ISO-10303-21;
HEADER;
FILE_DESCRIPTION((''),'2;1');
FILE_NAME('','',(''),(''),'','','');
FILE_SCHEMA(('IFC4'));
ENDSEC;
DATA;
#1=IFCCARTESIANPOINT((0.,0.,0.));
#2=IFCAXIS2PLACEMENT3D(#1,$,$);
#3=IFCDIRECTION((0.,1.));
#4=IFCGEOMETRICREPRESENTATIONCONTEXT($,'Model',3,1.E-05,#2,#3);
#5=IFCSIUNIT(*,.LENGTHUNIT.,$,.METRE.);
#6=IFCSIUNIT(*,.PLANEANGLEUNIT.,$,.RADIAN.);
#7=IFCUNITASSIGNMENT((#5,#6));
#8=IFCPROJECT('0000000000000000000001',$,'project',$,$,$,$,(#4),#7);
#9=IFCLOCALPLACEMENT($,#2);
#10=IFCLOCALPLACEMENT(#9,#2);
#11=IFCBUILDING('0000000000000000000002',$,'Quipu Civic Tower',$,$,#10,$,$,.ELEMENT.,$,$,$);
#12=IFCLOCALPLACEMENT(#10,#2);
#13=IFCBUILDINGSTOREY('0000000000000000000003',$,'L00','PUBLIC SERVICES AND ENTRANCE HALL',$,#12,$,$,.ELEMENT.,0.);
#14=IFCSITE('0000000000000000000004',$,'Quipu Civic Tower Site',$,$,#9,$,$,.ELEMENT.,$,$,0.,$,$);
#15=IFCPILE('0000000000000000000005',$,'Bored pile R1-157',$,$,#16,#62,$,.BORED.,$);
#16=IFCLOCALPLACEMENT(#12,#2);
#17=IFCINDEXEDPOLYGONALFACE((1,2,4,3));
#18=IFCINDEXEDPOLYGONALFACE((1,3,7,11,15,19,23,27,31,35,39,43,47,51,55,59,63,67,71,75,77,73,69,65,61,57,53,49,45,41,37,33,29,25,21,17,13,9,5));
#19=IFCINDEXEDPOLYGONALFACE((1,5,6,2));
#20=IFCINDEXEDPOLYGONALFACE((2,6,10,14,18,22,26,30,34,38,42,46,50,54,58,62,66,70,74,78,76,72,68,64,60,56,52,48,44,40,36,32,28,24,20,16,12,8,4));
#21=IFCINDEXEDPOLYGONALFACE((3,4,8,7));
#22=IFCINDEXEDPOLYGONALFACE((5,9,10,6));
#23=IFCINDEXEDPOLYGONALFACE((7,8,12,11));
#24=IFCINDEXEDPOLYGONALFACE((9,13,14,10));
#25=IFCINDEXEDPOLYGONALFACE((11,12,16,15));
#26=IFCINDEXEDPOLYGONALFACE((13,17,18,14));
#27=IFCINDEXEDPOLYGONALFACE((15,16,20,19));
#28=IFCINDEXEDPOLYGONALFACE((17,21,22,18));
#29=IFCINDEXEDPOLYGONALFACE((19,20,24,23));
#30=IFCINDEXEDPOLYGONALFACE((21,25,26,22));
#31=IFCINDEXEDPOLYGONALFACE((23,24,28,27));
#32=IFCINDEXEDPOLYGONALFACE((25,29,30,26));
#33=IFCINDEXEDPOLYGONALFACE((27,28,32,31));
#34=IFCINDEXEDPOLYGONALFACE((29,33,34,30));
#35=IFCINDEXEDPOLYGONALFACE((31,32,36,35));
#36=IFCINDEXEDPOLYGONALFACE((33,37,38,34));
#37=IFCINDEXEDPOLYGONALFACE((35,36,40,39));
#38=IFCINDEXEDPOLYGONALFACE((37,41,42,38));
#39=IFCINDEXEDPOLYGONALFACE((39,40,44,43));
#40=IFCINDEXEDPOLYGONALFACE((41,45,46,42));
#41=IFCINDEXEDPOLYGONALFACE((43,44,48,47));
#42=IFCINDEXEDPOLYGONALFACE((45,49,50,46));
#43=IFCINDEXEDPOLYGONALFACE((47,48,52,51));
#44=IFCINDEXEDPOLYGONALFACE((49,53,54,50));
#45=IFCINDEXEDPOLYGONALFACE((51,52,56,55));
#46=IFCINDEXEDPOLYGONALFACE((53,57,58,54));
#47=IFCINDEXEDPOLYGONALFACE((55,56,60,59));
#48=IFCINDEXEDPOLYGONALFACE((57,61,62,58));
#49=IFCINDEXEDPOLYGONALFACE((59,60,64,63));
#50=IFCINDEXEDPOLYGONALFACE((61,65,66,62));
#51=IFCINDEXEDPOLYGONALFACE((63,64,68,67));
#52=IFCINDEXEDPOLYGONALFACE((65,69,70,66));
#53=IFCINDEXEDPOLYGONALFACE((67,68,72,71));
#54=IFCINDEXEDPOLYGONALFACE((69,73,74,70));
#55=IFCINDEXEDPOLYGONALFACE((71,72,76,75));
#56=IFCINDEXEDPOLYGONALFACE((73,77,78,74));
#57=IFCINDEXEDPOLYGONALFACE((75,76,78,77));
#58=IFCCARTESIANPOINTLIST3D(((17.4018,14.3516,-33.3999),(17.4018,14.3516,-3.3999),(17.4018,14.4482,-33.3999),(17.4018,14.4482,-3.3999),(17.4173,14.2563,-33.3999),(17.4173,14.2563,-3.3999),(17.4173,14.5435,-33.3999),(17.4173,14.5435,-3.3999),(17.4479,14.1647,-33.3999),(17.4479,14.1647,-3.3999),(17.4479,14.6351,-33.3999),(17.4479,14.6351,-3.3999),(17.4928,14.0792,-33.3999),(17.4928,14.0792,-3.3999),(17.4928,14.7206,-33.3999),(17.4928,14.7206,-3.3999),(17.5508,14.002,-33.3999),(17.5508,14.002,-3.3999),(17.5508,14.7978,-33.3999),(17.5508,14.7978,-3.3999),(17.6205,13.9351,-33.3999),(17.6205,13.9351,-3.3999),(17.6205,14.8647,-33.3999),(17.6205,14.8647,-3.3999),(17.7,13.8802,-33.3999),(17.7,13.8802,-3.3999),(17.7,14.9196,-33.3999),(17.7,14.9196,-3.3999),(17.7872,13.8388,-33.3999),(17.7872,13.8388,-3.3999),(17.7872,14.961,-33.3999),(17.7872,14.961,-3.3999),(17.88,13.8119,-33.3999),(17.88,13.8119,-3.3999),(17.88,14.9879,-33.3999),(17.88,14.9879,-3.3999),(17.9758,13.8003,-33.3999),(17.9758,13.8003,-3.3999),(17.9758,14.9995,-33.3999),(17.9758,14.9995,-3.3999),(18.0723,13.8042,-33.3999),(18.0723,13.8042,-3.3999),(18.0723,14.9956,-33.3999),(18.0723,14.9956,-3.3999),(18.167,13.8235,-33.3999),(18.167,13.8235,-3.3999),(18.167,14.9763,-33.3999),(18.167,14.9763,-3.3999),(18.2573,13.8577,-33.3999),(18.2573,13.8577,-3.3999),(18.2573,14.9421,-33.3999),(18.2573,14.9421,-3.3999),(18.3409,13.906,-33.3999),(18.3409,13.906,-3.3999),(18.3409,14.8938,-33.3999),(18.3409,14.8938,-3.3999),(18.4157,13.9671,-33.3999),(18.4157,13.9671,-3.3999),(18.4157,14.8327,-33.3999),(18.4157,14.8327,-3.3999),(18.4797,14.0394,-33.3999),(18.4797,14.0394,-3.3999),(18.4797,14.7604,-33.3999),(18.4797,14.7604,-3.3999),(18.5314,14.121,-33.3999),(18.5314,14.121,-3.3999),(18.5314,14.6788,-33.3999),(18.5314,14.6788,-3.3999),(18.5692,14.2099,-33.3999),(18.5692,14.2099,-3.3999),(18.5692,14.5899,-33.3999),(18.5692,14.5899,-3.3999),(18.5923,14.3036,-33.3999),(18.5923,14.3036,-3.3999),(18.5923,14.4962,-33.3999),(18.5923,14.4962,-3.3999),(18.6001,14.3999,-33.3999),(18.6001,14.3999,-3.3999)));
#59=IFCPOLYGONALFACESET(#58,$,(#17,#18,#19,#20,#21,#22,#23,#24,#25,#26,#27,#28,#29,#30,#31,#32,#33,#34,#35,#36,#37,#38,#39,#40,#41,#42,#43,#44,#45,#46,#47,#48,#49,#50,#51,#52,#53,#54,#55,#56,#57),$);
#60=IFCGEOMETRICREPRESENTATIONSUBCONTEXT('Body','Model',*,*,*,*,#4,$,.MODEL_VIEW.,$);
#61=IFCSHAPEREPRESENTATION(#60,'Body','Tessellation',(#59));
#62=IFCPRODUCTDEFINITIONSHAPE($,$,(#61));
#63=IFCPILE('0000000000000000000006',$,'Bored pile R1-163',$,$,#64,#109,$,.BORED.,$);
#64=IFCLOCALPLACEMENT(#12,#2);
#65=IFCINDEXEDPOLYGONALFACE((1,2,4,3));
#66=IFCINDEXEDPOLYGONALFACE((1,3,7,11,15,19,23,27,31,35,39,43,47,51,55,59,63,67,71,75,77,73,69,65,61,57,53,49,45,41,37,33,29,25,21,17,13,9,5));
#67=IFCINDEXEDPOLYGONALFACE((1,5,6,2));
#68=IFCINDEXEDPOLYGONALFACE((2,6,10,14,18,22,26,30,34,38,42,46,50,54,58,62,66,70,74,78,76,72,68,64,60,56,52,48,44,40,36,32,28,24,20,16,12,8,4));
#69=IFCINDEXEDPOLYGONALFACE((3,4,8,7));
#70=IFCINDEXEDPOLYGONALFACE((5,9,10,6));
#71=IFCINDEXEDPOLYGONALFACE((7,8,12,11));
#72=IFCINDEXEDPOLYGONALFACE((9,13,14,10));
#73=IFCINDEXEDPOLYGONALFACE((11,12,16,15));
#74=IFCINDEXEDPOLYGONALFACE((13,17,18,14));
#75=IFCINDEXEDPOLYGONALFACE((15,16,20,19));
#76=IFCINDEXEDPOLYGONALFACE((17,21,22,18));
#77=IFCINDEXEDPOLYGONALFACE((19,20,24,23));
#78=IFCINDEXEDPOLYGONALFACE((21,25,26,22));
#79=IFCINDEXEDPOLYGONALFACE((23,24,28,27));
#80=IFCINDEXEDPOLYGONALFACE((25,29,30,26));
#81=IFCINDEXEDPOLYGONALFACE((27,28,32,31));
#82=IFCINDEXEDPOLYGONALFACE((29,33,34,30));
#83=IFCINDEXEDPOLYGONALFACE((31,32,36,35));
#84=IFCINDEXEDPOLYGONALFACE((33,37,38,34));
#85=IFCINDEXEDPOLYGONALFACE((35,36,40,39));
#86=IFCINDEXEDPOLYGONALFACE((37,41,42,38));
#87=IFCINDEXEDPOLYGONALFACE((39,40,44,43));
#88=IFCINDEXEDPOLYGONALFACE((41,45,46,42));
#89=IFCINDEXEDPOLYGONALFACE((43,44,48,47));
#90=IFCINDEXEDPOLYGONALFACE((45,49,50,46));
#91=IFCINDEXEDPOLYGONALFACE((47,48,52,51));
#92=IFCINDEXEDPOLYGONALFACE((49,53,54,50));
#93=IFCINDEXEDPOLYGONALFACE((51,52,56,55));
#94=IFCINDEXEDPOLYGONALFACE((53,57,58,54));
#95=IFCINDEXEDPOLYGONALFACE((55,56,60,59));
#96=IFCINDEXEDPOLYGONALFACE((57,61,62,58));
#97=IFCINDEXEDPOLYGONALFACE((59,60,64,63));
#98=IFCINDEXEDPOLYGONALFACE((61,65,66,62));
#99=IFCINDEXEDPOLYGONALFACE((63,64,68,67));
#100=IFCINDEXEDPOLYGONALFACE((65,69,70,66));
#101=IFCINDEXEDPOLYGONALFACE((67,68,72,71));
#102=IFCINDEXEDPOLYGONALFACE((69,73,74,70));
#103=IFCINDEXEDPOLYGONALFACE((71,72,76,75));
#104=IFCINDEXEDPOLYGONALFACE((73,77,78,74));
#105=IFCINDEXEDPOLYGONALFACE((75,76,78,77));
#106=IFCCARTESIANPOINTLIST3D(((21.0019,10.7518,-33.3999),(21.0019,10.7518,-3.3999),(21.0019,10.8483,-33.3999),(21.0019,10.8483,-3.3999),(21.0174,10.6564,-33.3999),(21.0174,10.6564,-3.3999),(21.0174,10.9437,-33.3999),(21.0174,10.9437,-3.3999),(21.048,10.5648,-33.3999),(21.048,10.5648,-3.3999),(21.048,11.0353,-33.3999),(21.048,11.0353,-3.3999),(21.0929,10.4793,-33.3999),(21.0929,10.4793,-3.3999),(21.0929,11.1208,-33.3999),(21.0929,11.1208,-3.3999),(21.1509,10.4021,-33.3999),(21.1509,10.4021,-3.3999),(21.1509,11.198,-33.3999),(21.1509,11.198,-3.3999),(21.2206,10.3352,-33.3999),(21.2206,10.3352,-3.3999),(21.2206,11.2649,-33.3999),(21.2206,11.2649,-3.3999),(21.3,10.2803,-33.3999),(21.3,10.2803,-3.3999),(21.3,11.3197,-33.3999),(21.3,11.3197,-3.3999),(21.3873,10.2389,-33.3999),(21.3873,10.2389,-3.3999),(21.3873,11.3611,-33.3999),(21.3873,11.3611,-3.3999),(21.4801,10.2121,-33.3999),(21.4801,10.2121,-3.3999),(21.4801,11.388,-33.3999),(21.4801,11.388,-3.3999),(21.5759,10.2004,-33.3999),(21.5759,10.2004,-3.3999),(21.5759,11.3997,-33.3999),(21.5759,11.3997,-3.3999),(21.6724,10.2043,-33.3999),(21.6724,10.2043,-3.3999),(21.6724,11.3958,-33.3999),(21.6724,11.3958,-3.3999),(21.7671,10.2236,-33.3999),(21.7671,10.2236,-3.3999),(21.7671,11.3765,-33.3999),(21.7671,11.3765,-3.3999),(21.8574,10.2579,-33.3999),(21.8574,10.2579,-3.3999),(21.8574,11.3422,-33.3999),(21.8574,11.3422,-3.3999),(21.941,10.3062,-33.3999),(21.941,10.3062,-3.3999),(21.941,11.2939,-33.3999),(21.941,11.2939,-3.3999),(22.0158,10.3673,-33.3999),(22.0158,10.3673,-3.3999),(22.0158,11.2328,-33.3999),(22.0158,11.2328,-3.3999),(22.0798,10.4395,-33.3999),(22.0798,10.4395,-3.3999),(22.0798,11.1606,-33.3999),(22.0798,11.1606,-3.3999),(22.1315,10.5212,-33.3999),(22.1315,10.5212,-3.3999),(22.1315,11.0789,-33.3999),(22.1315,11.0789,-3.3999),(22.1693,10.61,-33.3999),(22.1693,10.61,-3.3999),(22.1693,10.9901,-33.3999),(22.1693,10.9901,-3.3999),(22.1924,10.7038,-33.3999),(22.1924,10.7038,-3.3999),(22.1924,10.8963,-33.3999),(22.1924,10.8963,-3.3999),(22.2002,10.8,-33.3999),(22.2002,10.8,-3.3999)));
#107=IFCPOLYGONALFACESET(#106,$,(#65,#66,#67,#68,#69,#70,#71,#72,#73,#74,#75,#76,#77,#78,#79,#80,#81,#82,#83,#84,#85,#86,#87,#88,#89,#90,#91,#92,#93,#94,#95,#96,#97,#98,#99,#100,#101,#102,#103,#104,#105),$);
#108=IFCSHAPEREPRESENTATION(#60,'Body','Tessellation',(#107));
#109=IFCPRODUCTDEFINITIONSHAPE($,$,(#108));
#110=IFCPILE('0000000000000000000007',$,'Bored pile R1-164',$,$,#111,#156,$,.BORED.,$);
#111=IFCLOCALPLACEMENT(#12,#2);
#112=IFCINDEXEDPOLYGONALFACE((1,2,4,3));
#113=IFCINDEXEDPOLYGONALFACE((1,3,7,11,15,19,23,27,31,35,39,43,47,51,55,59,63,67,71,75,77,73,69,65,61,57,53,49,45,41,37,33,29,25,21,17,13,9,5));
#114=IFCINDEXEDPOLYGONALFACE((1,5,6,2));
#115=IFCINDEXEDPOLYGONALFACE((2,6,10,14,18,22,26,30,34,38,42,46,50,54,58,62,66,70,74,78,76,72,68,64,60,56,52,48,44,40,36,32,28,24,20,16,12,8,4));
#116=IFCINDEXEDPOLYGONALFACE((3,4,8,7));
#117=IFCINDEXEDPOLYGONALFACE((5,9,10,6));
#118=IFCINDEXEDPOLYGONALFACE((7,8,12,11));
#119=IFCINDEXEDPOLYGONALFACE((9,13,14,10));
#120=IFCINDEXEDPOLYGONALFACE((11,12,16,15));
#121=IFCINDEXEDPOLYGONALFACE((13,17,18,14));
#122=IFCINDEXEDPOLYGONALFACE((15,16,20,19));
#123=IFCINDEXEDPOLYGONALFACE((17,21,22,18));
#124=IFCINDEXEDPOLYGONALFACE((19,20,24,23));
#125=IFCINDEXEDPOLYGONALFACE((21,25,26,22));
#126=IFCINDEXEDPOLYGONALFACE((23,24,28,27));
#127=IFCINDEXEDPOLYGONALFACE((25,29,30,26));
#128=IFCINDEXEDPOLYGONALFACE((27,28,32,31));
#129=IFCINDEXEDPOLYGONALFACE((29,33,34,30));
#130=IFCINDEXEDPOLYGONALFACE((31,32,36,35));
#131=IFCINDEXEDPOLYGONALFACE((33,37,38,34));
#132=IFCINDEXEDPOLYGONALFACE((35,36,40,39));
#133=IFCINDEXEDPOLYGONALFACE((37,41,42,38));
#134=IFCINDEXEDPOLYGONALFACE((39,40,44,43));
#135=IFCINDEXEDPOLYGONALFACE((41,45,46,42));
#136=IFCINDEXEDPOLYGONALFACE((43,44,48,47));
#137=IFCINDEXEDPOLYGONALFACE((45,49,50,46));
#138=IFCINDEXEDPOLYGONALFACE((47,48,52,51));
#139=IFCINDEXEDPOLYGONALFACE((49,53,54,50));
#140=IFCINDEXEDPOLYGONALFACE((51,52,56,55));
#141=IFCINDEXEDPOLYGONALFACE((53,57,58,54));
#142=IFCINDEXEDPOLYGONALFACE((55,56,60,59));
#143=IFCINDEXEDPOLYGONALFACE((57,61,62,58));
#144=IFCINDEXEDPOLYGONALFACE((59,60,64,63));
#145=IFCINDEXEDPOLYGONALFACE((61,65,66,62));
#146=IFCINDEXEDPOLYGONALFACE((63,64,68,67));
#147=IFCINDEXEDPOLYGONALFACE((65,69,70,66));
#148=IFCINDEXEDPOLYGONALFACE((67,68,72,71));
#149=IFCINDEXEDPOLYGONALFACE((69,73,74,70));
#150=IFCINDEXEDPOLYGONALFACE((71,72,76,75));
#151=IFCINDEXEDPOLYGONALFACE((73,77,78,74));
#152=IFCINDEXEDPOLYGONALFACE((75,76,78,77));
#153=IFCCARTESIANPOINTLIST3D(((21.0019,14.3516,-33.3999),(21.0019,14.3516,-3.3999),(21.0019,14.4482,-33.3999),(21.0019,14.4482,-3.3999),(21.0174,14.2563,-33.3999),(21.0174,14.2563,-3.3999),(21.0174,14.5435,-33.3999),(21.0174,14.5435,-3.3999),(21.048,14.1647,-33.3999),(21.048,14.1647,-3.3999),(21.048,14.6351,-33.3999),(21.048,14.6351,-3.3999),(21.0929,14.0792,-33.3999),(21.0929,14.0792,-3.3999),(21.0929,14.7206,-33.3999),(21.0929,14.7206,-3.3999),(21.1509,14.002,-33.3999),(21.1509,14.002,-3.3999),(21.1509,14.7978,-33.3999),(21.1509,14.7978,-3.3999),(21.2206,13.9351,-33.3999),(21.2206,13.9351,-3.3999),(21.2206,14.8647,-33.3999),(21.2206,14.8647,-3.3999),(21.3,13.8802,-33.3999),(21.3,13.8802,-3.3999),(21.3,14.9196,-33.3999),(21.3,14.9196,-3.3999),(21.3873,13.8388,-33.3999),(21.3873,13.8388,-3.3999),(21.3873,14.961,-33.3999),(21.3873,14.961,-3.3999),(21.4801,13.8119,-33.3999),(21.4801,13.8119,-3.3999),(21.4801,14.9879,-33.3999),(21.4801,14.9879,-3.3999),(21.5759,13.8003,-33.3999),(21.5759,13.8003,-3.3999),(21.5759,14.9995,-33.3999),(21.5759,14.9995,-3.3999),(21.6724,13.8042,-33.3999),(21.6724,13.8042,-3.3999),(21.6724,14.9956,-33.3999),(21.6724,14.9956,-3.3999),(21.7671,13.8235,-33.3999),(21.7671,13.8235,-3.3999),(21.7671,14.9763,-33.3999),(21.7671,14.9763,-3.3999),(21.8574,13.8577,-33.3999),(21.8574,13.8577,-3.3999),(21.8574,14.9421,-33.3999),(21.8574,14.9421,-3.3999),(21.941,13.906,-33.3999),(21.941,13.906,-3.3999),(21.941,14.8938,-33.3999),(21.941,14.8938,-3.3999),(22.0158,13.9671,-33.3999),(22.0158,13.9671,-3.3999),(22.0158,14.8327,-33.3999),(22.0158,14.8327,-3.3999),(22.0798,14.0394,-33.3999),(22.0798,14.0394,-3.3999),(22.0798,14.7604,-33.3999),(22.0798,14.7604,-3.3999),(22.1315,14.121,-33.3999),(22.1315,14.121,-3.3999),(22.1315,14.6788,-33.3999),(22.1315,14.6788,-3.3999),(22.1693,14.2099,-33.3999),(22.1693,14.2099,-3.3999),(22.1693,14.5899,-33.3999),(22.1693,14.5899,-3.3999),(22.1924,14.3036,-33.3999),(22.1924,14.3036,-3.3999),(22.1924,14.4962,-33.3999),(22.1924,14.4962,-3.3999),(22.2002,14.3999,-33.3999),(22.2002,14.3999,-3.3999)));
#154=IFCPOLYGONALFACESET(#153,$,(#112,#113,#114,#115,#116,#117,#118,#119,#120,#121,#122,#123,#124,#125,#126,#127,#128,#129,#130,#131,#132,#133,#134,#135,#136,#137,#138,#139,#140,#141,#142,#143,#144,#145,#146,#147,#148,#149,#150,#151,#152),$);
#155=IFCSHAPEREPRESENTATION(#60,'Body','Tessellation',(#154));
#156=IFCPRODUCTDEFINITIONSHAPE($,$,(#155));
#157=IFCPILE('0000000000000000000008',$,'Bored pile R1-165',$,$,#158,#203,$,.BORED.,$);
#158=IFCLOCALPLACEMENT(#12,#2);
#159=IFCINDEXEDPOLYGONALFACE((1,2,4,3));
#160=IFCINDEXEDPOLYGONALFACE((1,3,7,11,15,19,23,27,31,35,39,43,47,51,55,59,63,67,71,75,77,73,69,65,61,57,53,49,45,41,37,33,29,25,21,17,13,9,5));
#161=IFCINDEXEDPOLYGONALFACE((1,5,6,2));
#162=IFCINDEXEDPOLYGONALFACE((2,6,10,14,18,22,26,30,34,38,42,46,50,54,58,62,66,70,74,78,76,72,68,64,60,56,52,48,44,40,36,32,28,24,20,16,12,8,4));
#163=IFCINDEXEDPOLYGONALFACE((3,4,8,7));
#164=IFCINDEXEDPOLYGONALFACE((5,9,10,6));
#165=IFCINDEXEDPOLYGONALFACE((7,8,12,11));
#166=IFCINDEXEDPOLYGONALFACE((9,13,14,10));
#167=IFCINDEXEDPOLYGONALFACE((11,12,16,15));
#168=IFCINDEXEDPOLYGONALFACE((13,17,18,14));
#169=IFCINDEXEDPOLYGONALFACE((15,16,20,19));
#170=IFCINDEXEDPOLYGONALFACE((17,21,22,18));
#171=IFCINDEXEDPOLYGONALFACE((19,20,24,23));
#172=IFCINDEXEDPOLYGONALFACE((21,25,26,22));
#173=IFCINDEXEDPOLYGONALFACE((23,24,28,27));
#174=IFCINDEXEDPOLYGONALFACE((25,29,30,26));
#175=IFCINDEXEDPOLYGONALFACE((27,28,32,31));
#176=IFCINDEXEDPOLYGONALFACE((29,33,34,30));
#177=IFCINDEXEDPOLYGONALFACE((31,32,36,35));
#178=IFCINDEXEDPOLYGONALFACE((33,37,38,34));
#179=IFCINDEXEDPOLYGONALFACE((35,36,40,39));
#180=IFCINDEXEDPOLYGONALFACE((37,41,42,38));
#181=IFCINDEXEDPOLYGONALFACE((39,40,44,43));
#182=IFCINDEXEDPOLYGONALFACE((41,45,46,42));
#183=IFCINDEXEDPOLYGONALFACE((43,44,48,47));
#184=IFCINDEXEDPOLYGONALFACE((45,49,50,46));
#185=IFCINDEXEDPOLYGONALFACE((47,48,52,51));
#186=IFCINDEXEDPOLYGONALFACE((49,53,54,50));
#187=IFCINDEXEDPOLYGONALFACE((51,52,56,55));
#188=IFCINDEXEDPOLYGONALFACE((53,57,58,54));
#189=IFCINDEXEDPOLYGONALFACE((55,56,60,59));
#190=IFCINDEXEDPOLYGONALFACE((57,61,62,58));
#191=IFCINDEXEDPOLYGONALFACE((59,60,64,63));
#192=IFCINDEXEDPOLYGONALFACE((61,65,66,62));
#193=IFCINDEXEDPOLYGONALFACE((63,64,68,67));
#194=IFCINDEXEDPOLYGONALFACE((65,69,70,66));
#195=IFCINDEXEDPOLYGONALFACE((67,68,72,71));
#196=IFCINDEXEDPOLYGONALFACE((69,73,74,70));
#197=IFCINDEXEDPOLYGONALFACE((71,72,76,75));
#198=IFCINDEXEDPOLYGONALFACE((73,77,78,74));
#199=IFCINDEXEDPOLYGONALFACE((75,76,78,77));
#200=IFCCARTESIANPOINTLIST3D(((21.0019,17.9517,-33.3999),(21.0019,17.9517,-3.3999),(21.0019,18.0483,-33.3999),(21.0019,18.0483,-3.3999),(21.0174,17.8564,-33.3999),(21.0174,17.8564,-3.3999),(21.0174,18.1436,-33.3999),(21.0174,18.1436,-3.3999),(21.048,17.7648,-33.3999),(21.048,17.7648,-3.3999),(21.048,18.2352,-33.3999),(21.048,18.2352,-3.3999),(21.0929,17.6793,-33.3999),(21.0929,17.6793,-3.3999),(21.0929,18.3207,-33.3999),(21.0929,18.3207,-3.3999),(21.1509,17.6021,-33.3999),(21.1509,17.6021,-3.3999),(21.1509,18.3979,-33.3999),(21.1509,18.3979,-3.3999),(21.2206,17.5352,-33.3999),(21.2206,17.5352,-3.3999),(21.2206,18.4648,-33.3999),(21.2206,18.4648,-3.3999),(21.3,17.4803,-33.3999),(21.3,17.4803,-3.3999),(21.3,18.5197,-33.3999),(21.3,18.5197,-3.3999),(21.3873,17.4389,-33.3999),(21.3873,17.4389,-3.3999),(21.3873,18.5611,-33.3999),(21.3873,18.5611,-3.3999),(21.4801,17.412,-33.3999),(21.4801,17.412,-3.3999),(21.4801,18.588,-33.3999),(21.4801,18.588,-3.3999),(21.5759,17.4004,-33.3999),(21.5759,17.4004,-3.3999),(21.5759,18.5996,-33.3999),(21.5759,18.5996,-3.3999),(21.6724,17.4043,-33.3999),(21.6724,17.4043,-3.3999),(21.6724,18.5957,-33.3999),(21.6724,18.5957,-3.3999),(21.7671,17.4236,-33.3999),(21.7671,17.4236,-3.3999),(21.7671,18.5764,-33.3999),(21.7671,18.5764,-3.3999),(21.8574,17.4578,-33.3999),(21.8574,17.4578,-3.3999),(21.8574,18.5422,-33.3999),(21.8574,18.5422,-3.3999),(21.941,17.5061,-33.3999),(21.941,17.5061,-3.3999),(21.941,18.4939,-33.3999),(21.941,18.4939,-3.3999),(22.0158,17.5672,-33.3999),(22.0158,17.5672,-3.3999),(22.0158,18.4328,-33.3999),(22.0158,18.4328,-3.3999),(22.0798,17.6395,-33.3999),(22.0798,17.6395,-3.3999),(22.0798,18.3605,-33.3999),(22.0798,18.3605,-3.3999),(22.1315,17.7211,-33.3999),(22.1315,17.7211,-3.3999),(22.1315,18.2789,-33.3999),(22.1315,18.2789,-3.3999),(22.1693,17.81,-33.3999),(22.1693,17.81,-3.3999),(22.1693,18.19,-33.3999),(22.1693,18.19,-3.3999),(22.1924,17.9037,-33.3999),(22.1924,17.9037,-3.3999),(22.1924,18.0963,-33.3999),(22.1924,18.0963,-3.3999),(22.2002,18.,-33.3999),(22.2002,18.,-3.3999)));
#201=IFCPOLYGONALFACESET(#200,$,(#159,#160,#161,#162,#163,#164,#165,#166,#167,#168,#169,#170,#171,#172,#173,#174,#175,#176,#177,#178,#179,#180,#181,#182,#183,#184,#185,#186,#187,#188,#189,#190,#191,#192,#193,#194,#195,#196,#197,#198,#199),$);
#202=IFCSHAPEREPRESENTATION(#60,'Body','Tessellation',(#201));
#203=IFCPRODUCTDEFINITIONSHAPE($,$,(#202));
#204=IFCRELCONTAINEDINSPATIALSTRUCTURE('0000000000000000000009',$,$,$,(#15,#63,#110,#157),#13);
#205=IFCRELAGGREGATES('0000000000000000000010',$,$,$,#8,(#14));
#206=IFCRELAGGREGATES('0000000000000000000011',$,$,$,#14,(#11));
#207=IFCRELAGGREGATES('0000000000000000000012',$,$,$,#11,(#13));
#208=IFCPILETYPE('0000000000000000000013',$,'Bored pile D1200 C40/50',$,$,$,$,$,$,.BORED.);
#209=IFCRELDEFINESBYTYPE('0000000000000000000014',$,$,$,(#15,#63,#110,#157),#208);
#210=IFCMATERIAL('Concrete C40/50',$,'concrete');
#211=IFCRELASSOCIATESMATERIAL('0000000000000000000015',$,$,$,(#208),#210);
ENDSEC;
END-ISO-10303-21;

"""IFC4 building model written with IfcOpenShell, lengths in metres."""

from ifc_helpers import new_model, si_unit, direction, frame, origin, origin_2d, place, context, subcontext, project, spatial, circle, extrude, material, material_profile, profile_set, type_object, element, save


model = new_model("IFC4")

# Units and contexts
model_context = context("Model", 3, precision=1e-05, world=origin(), true_north=direction((0.0, 1.0)))
body_context = subcontext(model_context, "Body", "Model", "MODEL_VIEW")
ifc_project = project(units=[si_unit("LENGTHUNIT", "METRE"), si_unit("PLANEANGLEUNIT", "RADIAN")], contexts=[model_context])

# Site, building, storey
site_placement = place(None, origin())
site = spatial("IfcSite", under=ifc_project, at=site_placement, Name="Quipu Civic Tower Site", CompositionType="ELEMENT", RefElevation=0.0)
building_placement = place(site_placement, origin())
building = spatial("IfcBuilding", under=site, at=building_placement, Name="Quipu Civic Tower", CompositionType="ELEMENT")
storey_placement = place(building_placement, origin())
storey = spatial("IfcBuildingStorey", under=building, at=storey_placement, Name="L00", Description="PUBLIC SERVICES AND ENTRANCE HALL", CompositionType="ELEMENT", Elevation=0.0)

# Piles
ifc_material_1 = material(Name="Concrete C40/50", Category="concrete")
ifc_material_profile_1 = material_profile(ifc_material_1, circle(Radius=0.6001, at=origin_2d()), Name="RCD1200")
ifc_profile_set_1 = profile_set([ifc_material_profile_1], Name="Concrete C40/50")
pile_type = type_object("IfcPileType", Name="Bored pile D1200 C40/50", PredefinedType="BORED", material=ifc_profile_set_1)
for number, where, z_axis, x_axis, name in (
    (1, (18.0, 14.3999, -3.3999), (0.0, 0.0, -1.0), (1.0, 0.0, 0.0), "Bored pile R1-157"),
    (2, (21.6001, 10.8, -3.3999), (0.0, 0.0, -1.0), (1.0, 0.0, 0.0), "Bored pile R1-163"),
    (3, (21.6001, 14.3999, -3.3999), (0.0, 0.0, -1.0), (1.0, 0.0, 0.0), "Bored pile R1-164"),
    (4, (21.6001, 18.0, -3.3999), (0.0, 0.0, -1.0), (1.0, 0.0, 0.0), "Bored pile R1-165"),
):
    element("IfcPile", number, at=place(storey_placement, frame(where, z_axis=z_axis, x_axis=x_axis)), inside=storey, type_object=pile_type, Name=name, PredefinedType="BORED", context=body_context, shape_type="SweptSolid", body=[
        extrude(circle(Radius=0.6001, at=origin_2d()), origin(), (0.0, 0.0, 1.0), 30.0),
    ])

save(model, "model.ifc")
